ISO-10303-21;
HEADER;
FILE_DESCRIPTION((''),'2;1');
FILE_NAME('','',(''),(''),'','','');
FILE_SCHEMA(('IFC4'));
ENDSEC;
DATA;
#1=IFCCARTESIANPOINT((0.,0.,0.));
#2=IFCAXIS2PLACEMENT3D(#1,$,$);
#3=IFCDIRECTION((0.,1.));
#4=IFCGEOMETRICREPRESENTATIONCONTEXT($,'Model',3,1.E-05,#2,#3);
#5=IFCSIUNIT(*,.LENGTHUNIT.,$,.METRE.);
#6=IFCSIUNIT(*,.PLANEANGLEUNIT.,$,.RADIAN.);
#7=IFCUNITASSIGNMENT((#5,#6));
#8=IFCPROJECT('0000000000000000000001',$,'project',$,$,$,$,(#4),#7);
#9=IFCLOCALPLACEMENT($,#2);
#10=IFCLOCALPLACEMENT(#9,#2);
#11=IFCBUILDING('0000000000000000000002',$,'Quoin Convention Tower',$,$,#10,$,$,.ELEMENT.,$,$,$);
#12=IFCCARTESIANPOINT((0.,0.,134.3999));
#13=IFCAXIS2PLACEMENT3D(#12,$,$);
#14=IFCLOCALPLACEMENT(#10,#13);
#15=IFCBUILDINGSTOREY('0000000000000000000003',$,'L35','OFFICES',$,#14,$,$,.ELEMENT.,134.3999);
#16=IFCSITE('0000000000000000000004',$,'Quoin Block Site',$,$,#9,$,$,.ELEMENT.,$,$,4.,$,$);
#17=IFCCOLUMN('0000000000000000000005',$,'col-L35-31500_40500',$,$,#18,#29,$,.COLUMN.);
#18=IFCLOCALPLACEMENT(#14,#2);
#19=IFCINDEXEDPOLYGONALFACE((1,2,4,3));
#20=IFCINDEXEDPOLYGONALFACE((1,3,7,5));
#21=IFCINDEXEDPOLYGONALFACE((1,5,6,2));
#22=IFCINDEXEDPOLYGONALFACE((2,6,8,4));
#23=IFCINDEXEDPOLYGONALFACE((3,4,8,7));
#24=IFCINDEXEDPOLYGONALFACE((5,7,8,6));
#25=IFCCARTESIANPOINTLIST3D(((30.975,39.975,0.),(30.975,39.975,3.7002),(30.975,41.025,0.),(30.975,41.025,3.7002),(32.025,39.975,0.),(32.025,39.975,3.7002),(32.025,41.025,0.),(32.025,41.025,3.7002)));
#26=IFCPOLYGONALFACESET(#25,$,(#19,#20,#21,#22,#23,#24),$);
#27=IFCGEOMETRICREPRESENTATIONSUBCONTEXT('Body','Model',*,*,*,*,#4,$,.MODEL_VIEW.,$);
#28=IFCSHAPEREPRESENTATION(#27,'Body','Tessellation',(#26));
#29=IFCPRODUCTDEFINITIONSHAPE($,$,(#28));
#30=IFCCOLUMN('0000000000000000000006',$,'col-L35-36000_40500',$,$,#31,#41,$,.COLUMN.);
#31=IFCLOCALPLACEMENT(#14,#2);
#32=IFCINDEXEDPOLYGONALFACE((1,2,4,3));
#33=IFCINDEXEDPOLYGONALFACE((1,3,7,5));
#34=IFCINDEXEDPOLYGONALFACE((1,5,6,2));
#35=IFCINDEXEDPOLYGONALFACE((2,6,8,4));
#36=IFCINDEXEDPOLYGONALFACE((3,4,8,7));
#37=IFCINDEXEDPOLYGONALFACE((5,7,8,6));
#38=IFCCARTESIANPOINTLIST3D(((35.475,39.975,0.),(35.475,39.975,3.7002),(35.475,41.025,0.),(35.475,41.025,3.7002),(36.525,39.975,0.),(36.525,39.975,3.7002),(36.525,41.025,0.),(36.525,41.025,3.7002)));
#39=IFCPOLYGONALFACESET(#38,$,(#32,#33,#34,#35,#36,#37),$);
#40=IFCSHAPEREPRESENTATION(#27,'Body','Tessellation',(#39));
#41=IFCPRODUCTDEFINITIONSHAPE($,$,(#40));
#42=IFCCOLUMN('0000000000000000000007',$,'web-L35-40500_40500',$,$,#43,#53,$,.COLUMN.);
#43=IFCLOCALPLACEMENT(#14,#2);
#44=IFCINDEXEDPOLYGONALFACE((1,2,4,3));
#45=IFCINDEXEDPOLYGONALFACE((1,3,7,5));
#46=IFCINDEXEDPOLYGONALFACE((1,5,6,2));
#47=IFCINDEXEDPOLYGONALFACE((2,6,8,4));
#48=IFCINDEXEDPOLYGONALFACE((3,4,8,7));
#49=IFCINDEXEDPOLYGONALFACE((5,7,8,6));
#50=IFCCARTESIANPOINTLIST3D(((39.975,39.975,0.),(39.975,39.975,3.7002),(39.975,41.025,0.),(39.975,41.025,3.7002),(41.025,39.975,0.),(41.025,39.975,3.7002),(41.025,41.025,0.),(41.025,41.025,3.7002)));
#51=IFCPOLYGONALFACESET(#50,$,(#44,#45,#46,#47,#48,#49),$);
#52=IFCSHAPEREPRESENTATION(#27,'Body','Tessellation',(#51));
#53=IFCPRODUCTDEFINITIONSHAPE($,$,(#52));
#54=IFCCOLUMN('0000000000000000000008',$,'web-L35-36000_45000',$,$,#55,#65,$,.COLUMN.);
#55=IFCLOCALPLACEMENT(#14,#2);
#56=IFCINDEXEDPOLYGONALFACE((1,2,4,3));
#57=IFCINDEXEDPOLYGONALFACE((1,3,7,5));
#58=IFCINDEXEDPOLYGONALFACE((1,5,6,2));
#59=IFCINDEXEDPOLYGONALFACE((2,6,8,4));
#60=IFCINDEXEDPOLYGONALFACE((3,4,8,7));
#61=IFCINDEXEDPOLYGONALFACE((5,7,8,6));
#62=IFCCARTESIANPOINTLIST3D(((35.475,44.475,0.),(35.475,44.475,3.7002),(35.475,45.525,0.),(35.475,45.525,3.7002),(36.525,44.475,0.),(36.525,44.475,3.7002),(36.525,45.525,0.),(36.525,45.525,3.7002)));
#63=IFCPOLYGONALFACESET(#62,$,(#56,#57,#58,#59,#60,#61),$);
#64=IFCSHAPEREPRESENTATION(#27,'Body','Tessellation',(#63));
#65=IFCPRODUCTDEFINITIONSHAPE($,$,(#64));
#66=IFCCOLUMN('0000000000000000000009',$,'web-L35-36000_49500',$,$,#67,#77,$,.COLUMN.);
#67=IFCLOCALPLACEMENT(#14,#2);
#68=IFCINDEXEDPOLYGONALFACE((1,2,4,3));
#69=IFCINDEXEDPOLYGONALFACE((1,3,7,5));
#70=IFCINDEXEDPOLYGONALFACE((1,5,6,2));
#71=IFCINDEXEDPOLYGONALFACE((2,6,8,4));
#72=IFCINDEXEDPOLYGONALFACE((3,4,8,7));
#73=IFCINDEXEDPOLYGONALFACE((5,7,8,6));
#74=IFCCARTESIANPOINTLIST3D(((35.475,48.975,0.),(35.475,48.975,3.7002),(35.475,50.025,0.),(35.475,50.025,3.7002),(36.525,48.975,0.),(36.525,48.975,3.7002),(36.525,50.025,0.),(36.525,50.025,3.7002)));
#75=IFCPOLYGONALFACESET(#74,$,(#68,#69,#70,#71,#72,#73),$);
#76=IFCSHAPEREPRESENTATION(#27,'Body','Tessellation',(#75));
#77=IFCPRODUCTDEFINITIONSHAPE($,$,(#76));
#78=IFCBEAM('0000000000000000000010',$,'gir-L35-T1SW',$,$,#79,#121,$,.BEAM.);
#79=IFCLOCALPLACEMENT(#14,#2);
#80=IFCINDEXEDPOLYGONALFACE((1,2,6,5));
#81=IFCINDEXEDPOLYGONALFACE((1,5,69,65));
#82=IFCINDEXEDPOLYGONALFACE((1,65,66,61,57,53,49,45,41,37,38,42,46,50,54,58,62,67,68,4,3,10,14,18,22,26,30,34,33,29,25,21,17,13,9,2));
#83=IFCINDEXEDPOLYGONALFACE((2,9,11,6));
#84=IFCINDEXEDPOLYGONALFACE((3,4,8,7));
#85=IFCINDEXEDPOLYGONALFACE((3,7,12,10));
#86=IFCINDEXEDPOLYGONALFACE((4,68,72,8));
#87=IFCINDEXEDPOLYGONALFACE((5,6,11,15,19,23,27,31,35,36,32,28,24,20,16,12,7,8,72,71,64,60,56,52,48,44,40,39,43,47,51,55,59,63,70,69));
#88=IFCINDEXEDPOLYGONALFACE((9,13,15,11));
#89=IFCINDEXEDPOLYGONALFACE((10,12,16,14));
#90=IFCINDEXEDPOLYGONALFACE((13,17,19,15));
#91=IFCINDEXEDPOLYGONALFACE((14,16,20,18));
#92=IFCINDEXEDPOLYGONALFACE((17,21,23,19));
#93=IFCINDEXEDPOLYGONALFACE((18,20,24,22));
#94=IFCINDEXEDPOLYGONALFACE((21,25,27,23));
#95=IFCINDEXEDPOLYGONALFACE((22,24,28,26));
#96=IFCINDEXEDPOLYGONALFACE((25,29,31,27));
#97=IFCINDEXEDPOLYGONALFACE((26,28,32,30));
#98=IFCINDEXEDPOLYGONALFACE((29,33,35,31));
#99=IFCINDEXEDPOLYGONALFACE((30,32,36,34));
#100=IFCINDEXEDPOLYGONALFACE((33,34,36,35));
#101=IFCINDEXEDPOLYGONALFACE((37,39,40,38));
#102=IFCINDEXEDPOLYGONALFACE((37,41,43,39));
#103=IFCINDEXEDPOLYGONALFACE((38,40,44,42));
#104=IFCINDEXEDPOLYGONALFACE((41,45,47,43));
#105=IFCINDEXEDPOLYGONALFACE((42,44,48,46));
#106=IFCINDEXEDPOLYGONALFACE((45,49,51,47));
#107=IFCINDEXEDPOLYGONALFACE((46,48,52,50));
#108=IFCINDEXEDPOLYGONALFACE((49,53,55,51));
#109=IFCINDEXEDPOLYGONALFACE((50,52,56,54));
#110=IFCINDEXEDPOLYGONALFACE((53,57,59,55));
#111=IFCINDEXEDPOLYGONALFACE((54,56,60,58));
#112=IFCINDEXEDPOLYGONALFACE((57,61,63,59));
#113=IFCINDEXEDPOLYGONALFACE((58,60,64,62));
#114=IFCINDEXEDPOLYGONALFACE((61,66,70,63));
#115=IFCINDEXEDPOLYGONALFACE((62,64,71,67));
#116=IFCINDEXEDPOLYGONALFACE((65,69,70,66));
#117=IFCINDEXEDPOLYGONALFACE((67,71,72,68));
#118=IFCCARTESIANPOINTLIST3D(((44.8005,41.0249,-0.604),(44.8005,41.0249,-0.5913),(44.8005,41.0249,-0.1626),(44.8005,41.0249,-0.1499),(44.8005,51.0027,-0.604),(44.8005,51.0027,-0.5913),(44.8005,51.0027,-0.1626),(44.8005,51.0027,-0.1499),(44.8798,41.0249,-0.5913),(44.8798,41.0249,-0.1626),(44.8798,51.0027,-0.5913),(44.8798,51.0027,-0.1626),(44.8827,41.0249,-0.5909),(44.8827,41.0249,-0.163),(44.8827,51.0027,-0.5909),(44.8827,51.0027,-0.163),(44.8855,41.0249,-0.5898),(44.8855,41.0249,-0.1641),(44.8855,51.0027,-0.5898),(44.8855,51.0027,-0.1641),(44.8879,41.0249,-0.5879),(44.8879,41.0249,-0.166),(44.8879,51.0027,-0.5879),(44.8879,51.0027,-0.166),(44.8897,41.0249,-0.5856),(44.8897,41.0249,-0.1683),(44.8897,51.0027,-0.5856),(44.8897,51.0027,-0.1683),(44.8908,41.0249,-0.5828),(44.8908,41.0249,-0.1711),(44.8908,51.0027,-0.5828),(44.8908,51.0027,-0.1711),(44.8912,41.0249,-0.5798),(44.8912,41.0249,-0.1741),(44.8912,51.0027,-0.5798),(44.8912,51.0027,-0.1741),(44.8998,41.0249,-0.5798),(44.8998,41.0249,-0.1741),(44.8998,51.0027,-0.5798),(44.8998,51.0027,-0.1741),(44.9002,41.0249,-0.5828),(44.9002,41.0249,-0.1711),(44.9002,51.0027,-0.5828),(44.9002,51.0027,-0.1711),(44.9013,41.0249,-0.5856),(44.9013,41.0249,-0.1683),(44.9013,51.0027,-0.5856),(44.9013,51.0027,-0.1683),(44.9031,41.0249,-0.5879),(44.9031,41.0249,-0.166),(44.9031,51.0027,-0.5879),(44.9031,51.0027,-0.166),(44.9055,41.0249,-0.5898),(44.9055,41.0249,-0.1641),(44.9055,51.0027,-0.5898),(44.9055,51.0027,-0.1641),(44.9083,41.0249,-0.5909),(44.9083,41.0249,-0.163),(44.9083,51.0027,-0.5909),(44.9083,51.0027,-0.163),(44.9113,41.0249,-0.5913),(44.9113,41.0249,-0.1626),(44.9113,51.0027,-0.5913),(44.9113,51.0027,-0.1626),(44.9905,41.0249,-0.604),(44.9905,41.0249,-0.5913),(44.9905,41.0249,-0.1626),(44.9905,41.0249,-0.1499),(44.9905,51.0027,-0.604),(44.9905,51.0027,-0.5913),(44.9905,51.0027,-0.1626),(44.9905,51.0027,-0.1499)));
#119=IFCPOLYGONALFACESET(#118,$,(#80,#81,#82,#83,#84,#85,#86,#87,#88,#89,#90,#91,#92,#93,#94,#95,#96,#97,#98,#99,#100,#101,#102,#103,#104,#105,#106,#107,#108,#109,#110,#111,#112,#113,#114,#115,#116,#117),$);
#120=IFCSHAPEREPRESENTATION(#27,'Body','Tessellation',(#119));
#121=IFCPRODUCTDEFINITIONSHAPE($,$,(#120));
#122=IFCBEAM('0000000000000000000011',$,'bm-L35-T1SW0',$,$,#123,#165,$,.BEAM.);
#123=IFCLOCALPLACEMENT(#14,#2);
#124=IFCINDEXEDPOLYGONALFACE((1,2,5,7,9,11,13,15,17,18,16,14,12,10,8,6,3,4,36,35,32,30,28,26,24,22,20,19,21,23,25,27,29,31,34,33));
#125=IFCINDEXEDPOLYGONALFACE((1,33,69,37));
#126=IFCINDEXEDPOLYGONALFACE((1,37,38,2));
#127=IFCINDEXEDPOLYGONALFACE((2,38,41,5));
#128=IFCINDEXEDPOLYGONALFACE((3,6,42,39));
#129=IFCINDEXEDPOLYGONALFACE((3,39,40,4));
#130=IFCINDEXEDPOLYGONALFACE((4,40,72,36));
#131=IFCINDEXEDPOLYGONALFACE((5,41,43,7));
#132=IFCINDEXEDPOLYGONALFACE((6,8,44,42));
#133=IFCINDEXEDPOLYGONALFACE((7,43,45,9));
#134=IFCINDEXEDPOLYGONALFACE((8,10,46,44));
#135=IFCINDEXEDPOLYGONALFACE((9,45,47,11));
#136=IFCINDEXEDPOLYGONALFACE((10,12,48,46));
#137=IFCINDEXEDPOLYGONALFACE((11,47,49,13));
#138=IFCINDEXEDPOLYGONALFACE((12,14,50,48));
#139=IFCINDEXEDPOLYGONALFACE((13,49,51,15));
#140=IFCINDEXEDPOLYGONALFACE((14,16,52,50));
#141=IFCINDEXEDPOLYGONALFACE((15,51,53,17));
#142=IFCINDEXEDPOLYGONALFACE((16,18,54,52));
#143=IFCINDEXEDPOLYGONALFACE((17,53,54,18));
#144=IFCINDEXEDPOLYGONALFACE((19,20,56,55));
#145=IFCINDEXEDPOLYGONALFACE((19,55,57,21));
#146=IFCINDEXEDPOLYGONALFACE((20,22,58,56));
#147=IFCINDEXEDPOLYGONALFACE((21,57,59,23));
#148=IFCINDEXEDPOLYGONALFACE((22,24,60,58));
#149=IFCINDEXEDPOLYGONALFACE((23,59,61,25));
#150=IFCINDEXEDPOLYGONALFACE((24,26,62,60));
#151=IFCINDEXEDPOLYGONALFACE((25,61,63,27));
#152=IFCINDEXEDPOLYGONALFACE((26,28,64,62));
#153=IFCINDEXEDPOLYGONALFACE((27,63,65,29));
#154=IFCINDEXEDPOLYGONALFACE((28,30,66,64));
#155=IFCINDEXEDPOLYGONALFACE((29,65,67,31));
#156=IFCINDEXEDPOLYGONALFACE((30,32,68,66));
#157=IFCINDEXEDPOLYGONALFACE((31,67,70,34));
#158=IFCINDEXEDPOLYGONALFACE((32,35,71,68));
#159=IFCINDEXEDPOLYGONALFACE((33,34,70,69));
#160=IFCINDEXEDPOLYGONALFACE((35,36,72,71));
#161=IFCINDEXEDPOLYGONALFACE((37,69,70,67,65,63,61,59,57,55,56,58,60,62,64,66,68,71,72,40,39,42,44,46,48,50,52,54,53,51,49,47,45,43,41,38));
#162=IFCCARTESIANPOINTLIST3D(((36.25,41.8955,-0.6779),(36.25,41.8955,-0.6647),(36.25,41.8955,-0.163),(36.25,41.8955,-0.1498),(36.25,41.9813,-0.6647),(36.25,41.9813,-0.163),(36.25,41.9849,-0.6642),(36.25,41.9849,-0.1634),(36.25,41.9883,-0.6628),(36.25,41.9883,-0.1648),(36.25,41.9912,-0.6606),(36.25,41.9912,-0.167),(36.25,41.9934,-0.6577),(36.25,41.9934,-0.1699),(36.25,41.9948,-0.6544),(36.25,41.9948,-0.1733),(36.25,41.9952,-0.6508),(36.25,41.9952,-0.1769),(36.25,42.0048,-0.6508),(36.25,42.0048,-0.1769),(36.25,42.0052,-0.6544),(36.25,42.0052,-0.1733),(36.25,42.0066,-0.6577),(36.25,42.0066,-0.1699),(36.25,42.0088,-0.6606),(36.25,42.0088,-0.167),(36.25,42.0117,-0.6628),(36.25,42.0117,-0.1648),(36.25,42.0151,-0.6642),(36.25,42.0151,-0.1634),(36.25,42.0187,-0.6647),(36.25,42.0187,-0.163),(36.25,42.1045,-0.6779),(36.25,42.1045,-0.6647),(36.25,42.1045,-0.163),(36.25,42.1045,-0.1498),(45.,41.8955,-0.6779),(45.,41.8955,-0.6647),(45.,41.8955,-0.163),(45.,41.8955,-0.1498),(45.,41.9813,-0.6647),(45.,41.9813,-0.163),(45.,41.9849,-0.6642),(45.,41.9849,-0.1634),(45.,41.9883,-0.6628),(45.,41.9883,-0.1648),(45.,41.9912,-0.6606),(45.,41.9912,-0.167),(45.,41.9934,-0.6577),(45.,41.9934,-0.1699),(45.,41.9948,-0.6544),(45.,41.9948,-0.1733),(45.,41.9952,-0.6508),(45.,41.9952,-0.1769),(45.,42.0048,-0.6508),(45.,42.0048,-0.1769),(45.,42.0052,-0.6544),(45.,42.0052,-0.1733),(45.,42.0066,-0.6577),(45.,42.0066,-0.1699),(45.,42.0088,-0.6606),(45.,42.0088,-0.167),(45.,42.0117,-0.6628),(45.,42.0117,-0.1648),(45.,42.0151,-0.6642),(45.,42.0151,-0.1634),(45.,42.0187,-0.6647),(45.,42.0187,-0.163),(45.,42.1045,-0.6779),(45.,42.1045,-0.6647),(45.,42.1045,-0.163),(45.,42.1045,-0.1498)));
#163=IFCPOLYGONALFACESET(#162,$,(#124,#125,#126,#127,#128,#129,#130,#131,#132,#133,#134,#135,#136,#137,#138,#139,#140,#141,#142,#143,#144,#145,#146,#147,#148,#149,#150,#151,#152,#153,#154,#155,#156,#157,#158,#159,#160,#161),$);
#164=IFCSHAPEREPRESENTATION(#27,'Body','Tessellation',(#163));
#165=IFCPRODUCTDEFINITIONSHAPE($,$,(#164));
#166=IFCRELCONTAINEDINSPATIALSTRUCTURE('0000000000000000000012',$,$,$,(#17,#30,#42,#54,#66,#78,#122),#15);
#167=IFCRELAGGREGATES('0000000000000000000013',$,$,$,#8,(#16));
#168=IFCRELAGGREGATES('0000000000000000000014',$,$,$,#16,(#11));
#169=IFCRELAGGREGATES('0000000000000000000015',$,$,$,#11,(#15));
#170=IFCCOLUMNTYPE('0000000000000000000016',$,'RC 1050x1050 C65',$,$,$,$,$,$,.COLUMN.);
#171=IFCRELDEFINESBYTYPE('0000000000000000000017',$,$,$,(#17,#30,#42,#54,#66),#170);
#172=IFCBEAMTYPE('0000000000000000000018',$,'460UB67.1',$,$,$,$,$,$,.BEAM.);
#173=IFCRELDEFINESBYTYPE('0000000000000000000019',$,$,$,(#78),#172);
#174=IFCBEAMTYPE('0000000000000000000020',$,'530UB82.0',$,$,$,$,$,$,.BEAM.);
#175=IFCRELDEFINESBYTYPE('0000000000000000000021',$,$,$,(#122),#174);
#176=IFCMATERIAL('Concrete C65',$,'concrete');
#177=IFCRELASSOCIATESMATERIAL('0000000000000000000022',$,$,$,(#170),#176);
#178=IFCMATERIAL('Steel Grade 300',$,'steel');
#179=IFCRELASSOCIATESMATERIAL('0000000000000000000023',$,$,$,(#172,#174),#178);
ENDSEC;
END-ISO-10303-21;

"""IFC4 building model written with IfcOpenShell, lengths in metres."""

from ifc_helpers import new_model, si_unit, direction, frame, origin, origin_2d, place, context, subcontext, project, spatial, rectangle, i_section, extrude, material, material_profile, profile_set, type_object, element, save


model = new_model("IFC4")

# Units and contexts
model_context = context("Model", 3, precision=1e-05, world=origin(), true_north=direction((0.0, 1.0)))
body_context = subcontext(model_context, "Body", "Model", "MODEL_VIEW")
ifc_project = project(units=[si_unit("LENGTHUNIT", "METRE"), si_unit("PLANEANGLEUNIT", "RADIAN")], contexts=[model_context])

# Site, building, storey
site_placement = place(None, origin())
site = spatial("IfcSite", under=ifc_project, at=site_placement, Name="Quoin Block Site", CompositionType="ELEMENT", RefElevation=4.0)
building_placement = place(site_placement, origin())
building = spatial("IfcBuilding", under=site, at=building_placement, Name="Quoin Convention Tower", CompositionType="ELEMENT")
storey_placement = place(building_placement, frame((0.0, 0.0, 134.3999)))
storey = spatial("IfcBuildingStorey", under=building, at=storey_placement, Name="L35", Description="OFFICES", CompositionType="ELEMENT", Elevation=134.3999)

# Columns
ifc_material_1 = material(Name="Concrete C65", Category="concrete")
ifc_material_profile_1 = material_profile(ifc_material_1, rectangle(XDim=1.05, YDim=1.05, at=origin_2d()), Name="RC 1050x1050")
ifc_profile_set_1 = profile_set([ifc_material_profile_1], Name="Concrete C65")
column_type = type_object("IfcColumnType", Name="RC 1050x1050 C65", PredefinedType="COLUMN", material=ifc_profile_set_1)
for number, where, z_axis, x_axis, name in (
    (1, (31.5, 40.5, 0.0), (0.0, 0.0, 1.0), (1.0, 0.0, 0.0), "col-L35-31500_40500"),
    (2, (36.0, 40.5, 0.0), (0.0, 0.0, 1.0), (1.0, 0.0, 0.0), "col-L35-36000_40500"),
    (3, (40.5, 40.5, 0.0), (0.0, 0.0, 1.0), (1.0, 0.0, 0.0), "web-L35-40500_40500"),
    (4, (36.0, 45.0, 0.0), (0.0, 0.0, 1.0), (1.0, 0.0, 0.0), "web-L35-36000_45000"),
    (5, (36.0, 49.5, 0.0), (0.0, 0.0, 1.0), (1.0, 0.0, 0.0), "web-L35-36000_49500"),
):
    element("IfcColumn", number, at=place(storey_placement, frame(where, z_axis=z_axis, x_axis=x_axis)), inside=storey, type_object=column_type, Name=name, PredefinedType="COLUMN", context=body_context, shape_type="SweptSolid", body=[
        extrude(rectangle(XDim=1.05, YDim=1.05, at=origin_2d()), origin(), (0.0, 0.0, 1.0), 3.7002),
    ])

# Beams
ifc_material_2 = material(Name="Steel Grade 300", Category="steel")
ifc_material_profile_2 = material_profile(ifc_material_2, i_section(OverallWidth=0.1899, OverallDepth=0.4541, WebThickness=0.0085, FlangeThickness=0.0127, FilletRadius=0.0115, at=origin_2d()), Name="460UB67.1")
ifc_profile_set_2 = profile_set([ifc_material_profile_2], Name="Steel Grade 300")
beam_type_1 = type_object("IfcBeamType", Name="460UB67.1", PredefinedType="BEAM", material=ifc_profile_set_2)
beam_1_placement = place(storey_placement, frame((44.8955, 41.0249, -0.377), z_axis=(0.0, 1.0, 0.0), x_axis=(-1.0, 0.0, 0.0)))
element("IfcBeam", 6, at=beam_1_placement, inside=storey, type_object=beam_type_1, Name="gir-L35-T1SW", PredefinedType="BEAM", context=body_context, shape_type="SweptSolid", body=[
    extrude(i_section(OverallWidth=0.1899, OverallDepth=0.4541, WebThickness=0.0085, FlangeThickness=0.0127, FilletRadius=0.0115, at=origin_2d()), origin(), (0.0, 0.0, 1.0), 9.9778),
])
ifc_material_profile_3 = material_profile(ifc_material_2, i_section(OverallWidth=0.209, OverallDepth=0.5281, WebThickness=0.0095, FlangeThickness=0.0132, FilletRadius=0.0139, at=origin_2d()), Name="530UB82.0")
ifc_profile_set_3 = profile_set([ifc_material_profile_3], Name="Steel Grade 300")
beam_type_2 = type_object("IfcBeamType", Name="530UB82.0", PredefinedType="BEAM", material=ifc_profile_set_3)
beam_2_placement = place(storey_placement, frame((36.25, 42.0, -0.4138), z_axis=(1.0, 0.0, 0.0), x_axis=(0.0, 1.0, 0.0)))
element("IfcBeam", 7, at=beam_2_placement, inside=storey, type_object=beam_type_2, Name="bm-L35-T1SW0", PredefinedType="BEAM", context=body_context, shape_type="SweptSolid", body=[
    extrude(i_section(OverallWidth=0.209, OverallDepth=0.5281, WebThickness=0.0095, FlangeThickness=0.0132, FilletRadius=0.0139, at=origin_2d()), origin(), (0.0, 0.0, 1.0), 8.75),
])

save(model, "model.ifc")
